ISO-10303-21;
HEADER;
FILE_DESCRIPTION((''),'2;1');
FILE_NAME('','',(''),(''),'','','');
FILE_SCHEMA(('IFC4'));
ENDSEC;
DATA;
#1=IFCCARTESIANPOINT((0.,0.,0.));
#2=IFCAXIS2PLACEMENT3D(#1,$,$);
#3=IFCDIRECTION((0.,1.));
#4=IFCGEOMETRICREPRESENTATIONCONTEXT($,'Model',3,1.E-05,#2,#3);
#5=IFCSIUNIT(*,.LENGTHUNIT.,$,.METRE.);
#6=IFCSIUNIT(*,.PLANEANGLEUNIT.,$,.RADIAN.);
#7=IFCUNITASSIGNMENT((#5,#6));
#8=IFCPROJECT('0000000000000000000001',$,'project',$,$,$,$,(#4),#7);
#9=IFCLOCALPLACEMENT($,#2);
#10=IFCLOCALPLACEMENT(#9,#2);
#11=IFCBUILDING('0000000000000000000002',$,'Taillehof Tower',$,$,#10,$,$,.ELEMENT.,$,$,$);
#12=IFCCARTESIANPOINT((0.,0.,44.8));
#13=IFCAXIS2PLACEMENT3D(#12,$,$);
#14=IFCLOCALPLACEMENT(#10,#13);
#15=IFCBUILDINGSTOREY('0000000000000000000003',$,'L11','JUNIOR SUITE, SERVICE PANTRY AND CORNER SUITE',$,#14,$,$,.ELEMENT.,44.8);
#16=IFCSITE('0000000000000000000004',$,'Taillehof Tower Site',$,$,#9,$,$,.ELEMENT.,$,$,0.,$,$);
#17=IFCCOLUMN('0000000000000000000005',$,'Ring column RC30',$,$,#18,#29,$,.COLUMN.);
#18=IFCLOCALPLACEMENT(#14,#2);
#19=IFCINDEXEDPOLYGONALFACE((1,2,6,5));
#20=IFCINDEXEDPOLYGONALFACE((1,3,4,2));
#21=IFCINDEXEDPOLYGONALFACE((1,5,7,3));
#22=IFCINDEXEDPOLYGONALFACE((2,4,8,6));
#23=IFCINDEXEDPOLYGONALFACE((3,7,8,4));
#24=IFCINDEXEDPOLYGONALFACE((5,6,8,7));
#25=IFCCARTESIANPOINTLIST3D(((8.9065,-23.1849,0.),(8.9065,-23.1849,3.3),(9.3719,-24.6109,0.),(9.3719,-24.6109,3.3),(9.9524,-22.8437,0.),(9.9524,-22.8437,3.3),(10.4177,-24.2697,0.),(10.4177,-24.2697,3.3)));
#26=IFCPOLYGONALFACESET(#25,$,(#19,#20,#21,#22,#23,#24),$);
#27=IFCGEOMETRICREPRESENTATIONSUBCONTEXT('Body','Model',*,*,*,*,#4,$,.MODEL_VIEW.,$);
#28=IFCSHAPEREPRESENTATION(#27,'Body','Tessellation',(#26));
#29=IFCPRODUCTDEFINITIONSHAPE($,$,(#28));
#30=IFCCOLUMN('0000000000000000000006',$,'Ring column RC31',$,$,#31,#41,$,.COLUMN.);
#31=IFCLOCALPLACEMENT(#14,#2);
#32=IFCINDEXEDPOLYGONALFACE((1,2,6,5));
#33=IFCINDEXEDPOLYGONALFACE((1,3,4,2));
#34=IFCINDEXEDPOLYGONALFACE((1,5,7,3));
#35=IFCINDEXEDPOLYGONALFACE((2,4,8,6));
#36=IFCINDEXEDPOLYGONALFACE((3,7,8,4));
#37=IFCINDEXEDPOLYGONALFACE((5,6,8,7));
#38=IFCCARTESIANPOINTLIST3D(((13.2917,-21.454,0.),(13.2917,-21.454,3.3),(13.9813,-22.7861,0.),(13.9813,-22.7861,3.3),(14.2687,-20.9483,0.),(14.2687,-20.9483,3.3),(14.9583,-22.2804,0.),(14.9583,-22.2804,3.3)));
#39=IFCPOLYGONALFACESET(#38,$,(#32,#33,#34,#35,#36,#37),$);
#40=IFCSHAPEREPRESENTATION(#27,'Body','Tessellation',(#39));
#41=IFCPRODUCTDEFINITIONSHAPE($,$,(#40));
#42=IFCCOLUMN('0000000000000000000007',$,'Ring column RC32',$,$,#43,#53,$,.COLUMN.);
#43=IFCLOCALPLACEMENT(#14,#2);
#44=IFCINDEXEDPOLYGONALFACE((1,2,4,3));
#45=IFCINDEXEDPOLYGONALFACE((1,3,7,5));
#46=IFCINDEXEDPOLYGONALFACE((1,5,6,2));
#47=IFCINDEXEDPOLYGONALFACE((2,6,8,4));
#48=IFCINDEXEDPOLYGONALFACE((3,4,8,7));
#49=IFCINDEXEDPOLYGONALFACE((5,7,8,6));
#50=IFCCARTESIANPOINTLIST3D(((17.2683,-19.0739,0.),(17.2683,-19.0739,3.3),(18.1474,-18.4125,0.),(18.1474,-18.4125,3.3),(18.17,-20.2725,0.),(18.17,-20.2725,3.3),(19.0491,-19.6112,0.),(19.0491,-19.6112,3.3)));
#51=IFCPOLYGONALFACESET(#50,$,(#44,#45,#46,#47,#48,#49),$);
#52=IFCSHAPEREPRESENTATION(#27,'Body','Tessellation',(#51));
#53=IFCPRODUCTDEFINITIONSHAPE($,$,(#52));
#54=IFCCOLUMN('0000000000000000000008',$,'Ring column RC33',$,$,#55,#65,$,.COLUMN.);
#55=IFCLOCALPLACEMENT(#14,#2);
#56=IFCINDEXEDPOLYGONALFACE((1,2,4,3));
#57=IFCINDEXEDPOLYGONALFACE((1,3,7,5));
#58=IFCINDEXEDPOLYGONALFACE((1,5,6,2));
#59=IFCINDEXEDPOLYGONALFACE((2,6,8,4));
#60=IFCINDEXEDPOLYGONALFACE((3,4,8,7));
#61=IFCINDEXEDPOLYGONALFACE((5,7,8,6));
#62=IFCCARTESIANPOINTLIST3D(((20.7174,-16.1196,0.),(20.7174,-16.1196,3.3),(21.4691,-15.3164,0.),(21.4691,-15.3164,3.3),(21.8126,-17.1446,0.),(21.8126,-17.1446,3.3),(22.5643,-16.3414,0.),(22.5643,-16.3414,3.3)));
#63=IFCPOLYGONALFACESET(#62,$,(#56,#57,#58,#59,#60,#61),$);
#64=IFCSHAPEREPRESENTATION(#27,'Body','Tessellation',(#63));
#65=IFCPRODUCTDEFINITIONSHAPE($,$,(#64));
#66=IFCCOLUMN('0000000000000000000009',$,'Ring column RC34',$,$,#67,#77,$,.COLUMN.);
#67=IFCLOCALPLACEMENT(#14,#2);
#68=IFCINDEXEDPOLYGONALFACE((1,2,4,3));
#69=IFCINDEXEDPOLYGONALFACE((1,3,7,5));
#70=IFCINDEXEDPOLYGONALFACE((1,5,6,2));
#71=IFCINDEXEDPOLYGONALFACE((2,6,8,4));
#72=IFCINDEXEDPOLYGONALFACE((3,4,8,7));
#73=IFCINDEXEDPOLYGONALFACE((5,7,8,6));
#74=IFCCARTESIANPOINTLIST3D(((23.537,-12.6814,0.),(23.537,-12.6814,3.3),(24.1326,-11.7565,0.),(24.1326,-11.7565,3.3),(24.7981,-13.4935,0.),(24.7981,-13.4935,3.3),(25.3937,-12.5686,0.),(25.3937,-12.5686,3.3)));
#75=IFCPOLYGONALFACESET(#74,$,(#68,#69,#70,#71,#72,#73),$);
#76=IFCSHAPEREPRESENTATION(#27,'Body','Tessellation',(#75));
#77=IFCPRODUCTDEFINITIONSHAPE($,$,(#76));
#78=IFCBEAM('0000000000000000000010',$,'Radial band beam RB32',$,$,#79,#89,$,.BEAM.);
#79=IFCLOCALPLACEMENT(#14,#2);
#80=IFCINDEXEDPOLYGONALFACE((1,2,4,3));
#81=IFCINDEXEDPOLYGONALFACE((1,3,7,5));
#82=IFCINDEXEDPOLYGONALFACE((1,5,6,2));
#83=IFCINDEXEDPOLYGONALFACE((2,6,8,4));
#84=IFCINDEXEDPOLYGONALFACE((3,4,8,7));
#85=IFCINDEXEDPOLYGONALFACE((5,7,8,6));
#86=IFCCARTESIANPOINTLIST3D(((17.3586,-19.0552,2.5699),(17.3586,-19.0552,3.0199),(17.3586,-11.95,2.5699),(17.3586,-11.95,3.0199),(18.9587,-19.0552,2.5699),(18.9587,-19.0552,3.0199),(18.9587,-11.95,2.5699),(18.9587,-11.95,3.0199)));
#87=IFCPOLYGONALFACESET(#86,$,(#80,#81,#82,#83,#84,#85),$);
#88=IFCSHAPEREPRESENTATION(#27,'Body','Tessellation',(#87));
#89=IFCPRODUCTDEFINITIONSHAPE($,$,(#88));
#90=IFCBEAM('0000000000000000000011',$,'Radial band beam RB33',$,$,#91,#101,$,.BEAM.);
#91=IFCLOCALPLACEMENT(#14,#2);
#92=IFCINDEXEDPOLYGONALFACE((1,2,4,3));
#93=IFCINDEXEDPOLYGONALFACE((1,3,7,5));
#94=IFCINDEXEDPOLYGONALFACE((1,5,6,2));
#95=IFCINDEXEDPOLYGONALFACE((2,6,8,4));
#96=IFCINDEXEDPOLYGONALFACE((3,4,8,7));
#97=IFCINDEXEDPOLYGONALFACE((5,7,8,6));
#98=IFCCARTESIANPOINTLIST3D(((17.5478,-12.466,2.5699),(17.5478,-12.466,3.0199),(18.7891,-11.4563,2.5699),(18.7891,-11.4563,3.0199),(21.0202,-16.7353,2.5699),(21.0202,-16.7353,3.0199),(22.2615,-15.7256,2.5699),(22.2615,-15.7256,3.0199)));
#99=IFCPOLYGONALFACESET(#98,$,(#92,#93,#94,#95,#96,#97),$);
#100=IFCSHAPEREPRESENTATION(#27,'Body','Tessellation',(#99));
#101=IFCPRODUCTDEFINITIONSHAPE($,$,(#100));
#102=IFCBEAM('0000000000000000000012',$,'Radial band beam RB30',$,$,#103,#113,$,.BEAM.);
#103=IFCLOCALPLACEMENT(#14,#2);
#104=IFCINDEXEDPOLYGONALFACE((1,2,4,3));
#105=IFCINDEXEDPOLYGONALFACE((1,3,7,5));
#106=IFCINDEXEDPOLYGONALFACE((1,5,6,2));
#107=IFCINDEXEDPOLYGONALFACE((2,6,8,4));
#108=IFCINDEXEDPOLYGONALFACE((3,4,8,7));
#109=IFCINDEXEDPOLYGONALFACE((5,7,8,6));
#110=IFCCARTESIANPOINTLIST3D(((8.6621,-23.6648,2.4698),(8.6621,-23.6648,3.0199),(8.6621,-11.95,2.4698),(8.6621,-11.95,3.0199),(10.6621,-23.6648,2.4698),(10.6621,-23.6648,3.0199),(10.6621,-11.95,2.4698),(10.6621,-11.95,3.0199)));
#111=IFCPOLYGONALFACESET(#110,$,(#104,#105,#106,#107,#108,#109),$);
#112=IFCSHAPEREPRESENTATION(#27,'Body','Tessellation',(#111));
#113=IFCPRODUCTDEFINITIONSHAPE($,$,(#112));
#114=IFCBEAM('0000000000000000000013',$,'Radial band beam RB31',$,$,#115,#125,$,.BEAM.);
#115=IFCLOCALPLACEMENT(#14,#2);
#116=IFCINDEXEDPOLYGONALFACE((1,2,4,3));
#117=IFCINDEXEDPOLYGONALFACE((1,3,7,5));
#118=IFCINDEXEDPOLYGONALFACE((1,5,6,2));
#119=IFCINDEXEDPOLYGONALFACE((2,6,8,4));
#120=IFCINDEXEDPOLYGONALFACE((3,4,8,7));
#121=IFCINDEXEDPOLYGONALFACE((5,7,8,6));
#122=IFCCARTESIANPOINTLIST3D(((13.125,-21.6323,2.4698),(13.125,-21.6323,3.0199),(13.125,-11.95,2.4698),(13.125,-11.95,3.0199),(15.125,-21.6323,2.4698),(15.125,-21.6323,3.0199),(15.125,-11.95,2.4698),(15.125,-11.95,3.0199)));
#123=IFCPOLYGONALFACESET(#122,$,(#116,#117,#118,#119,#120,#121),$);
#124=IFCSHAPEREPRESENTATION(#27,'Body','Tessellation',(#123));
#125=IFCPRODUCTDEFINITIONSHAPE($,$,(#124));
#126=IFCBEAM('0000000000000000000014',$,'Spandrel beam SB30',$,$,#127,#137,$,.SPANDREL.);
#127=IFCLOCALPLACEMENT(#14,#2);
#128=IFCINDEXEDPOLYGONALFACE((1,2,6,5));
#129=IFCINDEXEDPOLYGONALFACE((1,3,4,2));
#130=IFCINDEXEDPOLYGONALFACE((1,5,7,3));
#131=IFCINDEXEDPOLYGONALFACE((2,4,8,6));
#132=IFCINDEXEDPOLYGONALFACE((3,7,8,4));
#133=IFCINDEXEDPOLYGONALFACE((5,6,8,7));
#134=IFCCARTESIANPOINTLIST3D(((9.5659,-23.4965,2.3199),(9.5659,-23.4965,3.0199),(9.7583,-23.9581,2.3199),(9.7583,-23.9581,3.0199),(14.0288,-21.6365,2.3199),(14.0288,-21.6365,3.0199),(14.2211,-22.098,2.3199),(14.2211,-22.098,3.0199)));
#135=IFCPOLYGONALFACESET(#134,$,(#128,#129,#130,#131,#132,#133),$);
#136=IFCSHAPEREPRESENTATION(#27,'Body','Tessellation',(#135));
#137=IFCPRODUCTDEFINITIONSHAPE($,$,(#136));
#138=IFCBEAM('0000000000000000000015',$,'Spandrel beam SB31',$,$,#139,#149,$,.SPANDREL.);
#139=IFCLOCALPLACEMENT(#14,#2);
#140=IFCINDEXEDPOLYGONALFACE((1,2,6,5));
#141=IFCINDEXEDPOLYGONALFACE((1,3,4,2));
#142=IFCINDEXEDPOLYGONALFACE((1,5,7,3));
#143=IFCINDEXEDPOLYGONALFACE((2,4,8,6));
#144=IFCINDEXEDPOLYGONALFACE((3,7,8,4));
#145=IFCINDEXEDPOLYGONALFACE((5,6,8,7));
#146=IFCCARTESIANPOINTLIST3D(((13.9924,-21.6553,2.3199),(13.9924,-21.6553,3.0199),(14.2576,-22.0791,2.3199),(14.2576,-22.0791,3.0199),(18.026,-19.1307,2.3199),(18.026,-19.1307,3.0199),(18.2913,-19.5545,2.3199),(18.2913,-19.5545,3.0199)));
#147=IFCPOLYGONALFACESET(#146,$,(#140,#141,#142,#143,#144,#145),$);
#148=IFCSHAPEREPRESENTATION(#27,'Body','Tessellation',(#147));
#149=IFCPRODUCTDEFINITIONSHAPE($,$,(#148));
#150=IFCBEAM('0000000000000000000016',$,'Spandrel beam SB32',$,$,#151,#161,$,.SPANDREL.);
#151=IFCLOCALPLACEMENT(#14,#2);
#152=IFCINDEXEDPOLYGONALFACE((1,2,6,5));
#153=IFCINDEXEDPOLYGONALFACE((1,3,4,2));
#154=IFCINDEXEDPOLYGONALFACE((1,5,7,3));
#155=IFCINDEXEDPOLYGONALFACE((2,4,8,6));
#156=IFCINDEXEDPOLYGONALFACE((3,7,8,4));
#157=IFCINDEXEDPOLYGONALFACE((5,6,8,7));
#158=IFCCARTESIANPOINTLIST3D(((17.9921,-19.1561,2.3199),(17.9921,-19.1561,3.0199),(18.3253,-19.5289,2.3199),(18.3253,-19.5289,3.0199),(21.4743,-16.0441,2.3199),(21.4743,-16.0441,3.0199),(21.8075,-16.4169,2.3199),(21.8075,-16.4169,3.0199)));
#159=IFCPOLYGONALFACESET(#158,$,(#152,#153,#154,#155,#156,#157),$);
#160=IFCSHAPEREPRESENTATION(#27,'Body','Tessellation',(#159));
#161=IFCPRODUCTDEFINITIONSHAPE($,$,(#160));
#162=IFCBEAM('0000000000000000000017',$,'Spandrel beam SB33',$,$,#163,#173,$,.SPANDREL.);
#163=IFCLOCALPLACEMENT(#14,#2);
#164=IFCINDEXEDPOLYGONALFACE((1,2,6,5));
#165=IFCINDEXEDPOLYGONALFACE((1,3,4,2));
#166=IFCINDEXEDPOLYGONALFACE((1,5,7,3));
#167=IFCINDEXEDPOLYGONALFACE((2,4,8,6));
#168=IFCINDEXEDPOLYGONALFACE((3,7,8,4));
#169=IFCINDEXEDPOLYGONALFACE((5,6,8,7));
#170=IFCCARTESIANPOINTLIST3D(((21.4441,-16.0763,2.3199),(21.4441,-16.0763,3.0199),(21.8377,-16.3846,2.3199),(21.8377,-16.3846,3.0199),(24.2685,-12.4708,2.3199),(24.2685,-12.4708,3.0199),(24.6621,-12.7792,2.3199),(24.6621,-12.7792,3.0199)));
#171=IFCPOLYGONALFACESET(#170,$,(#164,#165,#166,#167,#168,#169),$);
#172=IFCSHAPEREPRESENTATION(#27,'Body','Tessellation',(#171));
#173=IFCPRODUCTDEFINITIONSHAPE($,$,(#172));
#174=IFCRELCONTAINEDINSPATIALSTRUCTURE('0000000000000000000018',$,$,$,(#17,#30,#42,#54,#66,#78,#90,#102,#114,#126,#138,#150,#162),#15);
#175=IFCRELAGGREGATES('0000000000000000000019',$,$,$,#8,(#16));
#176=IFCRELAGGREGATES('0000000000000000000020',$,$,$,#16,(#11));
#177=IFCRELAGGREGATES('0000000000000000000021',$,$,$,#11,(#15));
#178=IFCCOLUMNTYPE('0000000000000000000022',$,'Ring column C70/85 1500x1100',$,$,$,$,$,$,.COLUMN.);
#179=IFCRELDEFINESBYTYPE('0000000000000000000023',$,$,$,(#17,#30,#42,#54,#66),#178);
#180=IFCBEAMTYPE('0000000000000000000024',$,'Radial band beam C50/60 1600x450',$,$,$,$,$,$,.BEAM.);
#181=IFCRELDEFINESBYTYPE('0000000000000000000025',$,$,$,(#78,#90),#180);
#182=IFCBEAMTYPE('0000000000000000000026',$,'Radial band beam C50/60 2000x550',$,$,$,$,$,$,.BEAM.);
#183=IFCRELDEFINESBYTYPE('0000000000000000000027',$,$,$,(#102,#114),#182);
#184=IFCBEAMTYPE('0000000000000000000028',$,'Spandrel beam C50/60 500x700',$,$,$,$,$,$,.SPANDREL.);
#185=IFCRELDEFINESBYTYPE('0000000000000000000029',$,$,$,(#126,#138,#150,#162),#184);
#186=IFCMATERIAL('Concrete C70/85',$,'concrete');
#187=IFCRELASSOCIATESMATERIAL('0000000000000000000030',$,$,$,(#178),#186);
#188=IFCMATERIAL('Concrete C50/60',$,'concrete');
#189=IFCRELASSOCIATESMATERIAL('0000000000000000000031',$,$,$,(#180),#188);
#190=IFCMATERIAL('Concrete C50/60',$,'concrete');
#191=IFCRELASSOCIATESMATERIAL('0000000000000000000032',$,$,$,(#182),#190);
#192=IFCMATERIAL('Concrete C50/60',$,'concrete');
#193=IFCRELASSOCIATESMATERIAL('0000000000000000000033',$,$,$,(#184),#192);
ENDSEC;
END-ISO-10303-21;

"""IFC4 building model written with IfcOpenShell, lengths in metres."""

from ifc_helpers import new_model, si_unit, direction, frame, origin, origin_2d, place, context, subcontext, project, spatial, rectangle, extrude, material, material_profile, profile_set, type_object, element, save


model = new_model("IFC4")

# Units and contexts
model_context = context("Model", 3, precision=1e-05, world=origin(), true_north=direction((0.0, 1.0)))
body_context = subcontext(model_context, "Body", "Model", "MODEL_VIEW")
ifc_project = project(units=[si_unit("LENGTHUNIT", "METRE"), si_unit("PLANEANGLEUNIT", "RADIAN")], contexts=[model_context])

# Site, building, storey
site_placement = place(None, origin())
site = spatial("IfcSite", under=ifc_project, at=site_placement, Name="Taillehof Tower Site", CompositionType="ELEMENT", RefElevation=0.0)
building_placement = place(site_placement, origin())
building = spatial("IfcBuilding", under=site, at=building_placement, Name="Taillehof Tower", CompositionType="ELEMENT")
storey_placement = place(building_placement, frame((0.0, 0.0, 44.8)))
storey = spatial("IfcBuildingStorey", under=building, at=storey_placement, Name="L11", Description="JUNIOR SUITE, SERVICE PANTRY AND CORNER SUITE", CompositionType="ELEMENT", Elevation=44.8)

# Columns
ifc_material_1 = material(Name="Concrete C70/85", Category="concrete")
ifc_material_profile_1 = material_profile(ifc_material_1, rectangle(XDim=1.5, YDim=1.1001, at=origin_2d()), Name="RC 1500x1100")
ifc_profile_set_1 = profile_set([ifc_material_profile_1], Name="Concrete C70/85")
column_type = type_object("IfcColumnType", Name="Ring column C70/85 1500x1100", PredefinedType="COLUMN", material=ifc_profile_set_1)
for number, where, z_axis, x_axis, name in (
    (1, (9.6621, -23.7273, 0.0), (0.0, 0.0, 1.0), (0.310219, -0.950665, 0.0), "Ring column RC30"),
    (2, (14.125, -21.8672, 0.0), (0.0, 0.0, 1.0), (0.459691, -0.888079, 0.0), "Ring column RC31"),
    (3, (18.1587, -19.3425, 0.0), (0.0, 0.0, 1.0), (0.601174, -0.799118, 0.0), "Ring column RC32"),
    (4, (21.6409, -16.2305, 0.0), (0.0, 0.0, 1.0), (0.730113, -0.683326, 0.0), "Ring column RC33"),
    (5, (24.4653, -12.625, 0.0), (0.0, 0.0, 1.0), (0.840754, -0.541418, 0.0), "Ring column RC34"),
):
    element("IfcColumn", number, at=place(storey_placement, frame(where, z_axis=z_axis, x_axis=x_axis)), inside=storey, type_object=column_type, Name=name, PredefinedType="COLUMN", context=body_context, shape_type="SweptSolid", body=[
        extrude(rectangle(XDim=1.5, YDim=1.1001, at=origin_2d()), origin(), (0.0, 0.0, 1.0), 3.3),
    ])

# Beams
ifc_material_2 = material(Name="Concrete C50/60", Category="concrete")
ifc_material_profile_2 = material_profile(ifc_material_2, rectangle(XDim=1.6001, YDim=0.45, at=origin_2d()), Name="RC 1600x450")
ifc_profile_set_2 = profile_set([ifc_material_profile_2], Name="Concrete C50/60")
beam_type_1 = type_object("IfcBeamType", Name="Radial band beam C50/60 1600x450", PredefinedType="BEAM", material=ifc_profile_set_2)
beam_1_placement = place(storey_placement, frame((18.1587, -19.0552, 2.7949), z_axis=(0.0, 1.0, 0.0), x_axis=(-1.0, 0.0, 0.0)))
element("IfcBeam", 6, at=beam_1_placement, inside=storey, type_object=beam_type_1, Name="Radial band beam RB32", PredefinedType="BEAM", context=body_context, shape_type="SweptSolid", body=[
    extrude(rectangle(XDim=1.6001, YDim=0.45, at=origin_2d()), origin(), (0.0, 0.0, 1.0), 7.1052),
])
beam_2_placement = place(storey_placement, frame((21.6409, -16.2305, 2.7949), z_axis=(-0.630988, 0.775792, 0.0), x_axis=(-0.775792, -0.630988, 0.0)))
element("IfcBeam", 7, at=beam_2_placement, inside=storey, type_object=beam_type_1, Name="Radial band beam RB33", PredefinedType="BEAM", context=body_context, shape_type="SweptSolid", body=[
    extrude(rectangle(XDim=1.6001, YDim=0.45, at=origin_2d()), origin(), (0.0, 0.0, 1.0), 5.5032),
])
ifc_material_3 = material(Name="Concrete C50/60", Category="concrete")
ifc_material_profile_3 = material_profile(ifc_material_3, rectangle(XDim=2.0, YDim=0.55, at=origin_2d()), Name="RC 2000x550")
ifc_profile_set_3 = profile_set([ifc_material_profile_3], Name="Concrete C50/60")
beam_type_2 = type_object("IfcBeamType", Name="Radial band beam C50/60 2000x550", PredefinedType="BEAM", material=ifc_profile_set_3)
beam_3_placement = place(storey_placement, frame((9.6621, -23.6648, 2.7449), z_axis=(0.0, 1.0, 0.0), x_axis=(-1.0, 0.0, 0.0)))
element("IfcBeam", 8, at=beam_3_placement, inside=storey, type_object=beam_type_2, Name="Radial band beam RB30", PredefinedType="BEAM", context=body_context, shape_type="SweptSolid", body=[
    extrude(rectangle(XDim=2.0, YDim=0.55, at=origin_2d()), origin(), (0.0, 0.0, 1.0), 11.7148),
])
beam_4_placement = place(storey_placement, frame((14.125, -21.6323, 2.7449), z_axis=(0.0, 1.0, 0.0), x_axis=(-1.0, 0.0, 0.0)))
element("IfcBeam", 9, at=beam_4_placement, inside=storey, type_object=beam_type_2, Name="Radial band beam RB31", PredefinedType="BEAM", context=body_context, shape_type="SweptSolid", body=[
    extrude(rectangle(XDim=2.0, YDim=0.55, at=origin_2d()), origin(), (0.0, 0.0, 1.0), 9.6824),
])
ifc_material_4 = material(Name="Concrete C50/60", Category="concrete")
ifc_material_profile_4 = material_profile(ifc_material_4, rectangle(XDim=0.5, YDim=0.7, at=origin_2d()), Name="RC 500x700")
ifc_profile_set_4 = profile_set([ifc_material_profile_4], Name="Concrete C50/60")
beam_type_3 = type_object("IfcBeamType", Name="Spandrel beam C50/60 500x700", PredefinedType="SPANDREL", material=ifc_profile_set_4)
beam_5_placement = place(storey_placement, frame((9.6621, -23.7273, 2.6699), z_axis=(0.923035, 0.384716, 0.0), x_axis=(-0.384716, 0.923035, 0.0)))
element("IfcBeam", 10, at=beam_5_placement, inside=storey, type_object=beam_type_3, Name="Spandrel beam SB30", PredefinedType="SPANDREL", context=body_context, shape_type="SweptSolid", body=[
    extrude(rectangle(XDim=0.5, YDim=0.7, at=origin_2d()), origin(), (0.0, 0.0, 1.0), 4.835),
])
beam_6_placement = place(storey_placement, frame((14.125, -21.8672, 2.6699), z_axis=(0.847658, 0.530543, 0.0), x_axis=(-0.530543, 0.847658, 0.0)))
element("IfcBeam", 11, at=beam_6_placement, inside=storey, type_object=beam_type_3, Name="Spandrel beam SB31", PredefinedType="SPANDREL", context=body_context, shape_type="SweptSolid", body=[
    extrude(rectangle(XDim=0.5, YDim=0.7, at=origin_2d()), origin(), (0.0, 0.0, 1.0), 4.7585),
])
beam_7_placement = place(storey_placement, frame((18.1587, -19.3425, 2.6699), z_axis=(0.745621, 0.66637, 0.0), x_axis=(-0.66637, 0.745621, 0.0)))
element("IfcBeam", 12, at=beam_7_placement, inside=storey, type_object=beam_type_3, Name="Spandrel beam SB32", PredefinedType="SPANDREL", context=body_context, shape_type="SweptSolid", body=[
    extrude(rectangle(XDim=0.5, YDim=0.7, at=origin_2d()), origin(), (0.0, 0.0, 1.0), 4.6702),
])
beam_8_placement = place(storey_placement, frame((21.6409, -16.2305, 2.6699), z_axis=(0.616686, 0.787209, 0.0), x_axis=(-0.787209, 0.616686, 0.0)))
element("IfcBeam", 13, at=beam_8_placement, inside=storey, type_object=beam_type_3, Name="Spandrel beam SB33", PredefinedType="SPANDREL", context=body_context, shape_type="SweptSolid", body=[
    extrude(rectangle(XDim=0.5, YDim=0.7, at=origin_2d()), origin(), (0.0, 0.0, 1.0), 4.5801),
])

save(model, "model.ifc")
